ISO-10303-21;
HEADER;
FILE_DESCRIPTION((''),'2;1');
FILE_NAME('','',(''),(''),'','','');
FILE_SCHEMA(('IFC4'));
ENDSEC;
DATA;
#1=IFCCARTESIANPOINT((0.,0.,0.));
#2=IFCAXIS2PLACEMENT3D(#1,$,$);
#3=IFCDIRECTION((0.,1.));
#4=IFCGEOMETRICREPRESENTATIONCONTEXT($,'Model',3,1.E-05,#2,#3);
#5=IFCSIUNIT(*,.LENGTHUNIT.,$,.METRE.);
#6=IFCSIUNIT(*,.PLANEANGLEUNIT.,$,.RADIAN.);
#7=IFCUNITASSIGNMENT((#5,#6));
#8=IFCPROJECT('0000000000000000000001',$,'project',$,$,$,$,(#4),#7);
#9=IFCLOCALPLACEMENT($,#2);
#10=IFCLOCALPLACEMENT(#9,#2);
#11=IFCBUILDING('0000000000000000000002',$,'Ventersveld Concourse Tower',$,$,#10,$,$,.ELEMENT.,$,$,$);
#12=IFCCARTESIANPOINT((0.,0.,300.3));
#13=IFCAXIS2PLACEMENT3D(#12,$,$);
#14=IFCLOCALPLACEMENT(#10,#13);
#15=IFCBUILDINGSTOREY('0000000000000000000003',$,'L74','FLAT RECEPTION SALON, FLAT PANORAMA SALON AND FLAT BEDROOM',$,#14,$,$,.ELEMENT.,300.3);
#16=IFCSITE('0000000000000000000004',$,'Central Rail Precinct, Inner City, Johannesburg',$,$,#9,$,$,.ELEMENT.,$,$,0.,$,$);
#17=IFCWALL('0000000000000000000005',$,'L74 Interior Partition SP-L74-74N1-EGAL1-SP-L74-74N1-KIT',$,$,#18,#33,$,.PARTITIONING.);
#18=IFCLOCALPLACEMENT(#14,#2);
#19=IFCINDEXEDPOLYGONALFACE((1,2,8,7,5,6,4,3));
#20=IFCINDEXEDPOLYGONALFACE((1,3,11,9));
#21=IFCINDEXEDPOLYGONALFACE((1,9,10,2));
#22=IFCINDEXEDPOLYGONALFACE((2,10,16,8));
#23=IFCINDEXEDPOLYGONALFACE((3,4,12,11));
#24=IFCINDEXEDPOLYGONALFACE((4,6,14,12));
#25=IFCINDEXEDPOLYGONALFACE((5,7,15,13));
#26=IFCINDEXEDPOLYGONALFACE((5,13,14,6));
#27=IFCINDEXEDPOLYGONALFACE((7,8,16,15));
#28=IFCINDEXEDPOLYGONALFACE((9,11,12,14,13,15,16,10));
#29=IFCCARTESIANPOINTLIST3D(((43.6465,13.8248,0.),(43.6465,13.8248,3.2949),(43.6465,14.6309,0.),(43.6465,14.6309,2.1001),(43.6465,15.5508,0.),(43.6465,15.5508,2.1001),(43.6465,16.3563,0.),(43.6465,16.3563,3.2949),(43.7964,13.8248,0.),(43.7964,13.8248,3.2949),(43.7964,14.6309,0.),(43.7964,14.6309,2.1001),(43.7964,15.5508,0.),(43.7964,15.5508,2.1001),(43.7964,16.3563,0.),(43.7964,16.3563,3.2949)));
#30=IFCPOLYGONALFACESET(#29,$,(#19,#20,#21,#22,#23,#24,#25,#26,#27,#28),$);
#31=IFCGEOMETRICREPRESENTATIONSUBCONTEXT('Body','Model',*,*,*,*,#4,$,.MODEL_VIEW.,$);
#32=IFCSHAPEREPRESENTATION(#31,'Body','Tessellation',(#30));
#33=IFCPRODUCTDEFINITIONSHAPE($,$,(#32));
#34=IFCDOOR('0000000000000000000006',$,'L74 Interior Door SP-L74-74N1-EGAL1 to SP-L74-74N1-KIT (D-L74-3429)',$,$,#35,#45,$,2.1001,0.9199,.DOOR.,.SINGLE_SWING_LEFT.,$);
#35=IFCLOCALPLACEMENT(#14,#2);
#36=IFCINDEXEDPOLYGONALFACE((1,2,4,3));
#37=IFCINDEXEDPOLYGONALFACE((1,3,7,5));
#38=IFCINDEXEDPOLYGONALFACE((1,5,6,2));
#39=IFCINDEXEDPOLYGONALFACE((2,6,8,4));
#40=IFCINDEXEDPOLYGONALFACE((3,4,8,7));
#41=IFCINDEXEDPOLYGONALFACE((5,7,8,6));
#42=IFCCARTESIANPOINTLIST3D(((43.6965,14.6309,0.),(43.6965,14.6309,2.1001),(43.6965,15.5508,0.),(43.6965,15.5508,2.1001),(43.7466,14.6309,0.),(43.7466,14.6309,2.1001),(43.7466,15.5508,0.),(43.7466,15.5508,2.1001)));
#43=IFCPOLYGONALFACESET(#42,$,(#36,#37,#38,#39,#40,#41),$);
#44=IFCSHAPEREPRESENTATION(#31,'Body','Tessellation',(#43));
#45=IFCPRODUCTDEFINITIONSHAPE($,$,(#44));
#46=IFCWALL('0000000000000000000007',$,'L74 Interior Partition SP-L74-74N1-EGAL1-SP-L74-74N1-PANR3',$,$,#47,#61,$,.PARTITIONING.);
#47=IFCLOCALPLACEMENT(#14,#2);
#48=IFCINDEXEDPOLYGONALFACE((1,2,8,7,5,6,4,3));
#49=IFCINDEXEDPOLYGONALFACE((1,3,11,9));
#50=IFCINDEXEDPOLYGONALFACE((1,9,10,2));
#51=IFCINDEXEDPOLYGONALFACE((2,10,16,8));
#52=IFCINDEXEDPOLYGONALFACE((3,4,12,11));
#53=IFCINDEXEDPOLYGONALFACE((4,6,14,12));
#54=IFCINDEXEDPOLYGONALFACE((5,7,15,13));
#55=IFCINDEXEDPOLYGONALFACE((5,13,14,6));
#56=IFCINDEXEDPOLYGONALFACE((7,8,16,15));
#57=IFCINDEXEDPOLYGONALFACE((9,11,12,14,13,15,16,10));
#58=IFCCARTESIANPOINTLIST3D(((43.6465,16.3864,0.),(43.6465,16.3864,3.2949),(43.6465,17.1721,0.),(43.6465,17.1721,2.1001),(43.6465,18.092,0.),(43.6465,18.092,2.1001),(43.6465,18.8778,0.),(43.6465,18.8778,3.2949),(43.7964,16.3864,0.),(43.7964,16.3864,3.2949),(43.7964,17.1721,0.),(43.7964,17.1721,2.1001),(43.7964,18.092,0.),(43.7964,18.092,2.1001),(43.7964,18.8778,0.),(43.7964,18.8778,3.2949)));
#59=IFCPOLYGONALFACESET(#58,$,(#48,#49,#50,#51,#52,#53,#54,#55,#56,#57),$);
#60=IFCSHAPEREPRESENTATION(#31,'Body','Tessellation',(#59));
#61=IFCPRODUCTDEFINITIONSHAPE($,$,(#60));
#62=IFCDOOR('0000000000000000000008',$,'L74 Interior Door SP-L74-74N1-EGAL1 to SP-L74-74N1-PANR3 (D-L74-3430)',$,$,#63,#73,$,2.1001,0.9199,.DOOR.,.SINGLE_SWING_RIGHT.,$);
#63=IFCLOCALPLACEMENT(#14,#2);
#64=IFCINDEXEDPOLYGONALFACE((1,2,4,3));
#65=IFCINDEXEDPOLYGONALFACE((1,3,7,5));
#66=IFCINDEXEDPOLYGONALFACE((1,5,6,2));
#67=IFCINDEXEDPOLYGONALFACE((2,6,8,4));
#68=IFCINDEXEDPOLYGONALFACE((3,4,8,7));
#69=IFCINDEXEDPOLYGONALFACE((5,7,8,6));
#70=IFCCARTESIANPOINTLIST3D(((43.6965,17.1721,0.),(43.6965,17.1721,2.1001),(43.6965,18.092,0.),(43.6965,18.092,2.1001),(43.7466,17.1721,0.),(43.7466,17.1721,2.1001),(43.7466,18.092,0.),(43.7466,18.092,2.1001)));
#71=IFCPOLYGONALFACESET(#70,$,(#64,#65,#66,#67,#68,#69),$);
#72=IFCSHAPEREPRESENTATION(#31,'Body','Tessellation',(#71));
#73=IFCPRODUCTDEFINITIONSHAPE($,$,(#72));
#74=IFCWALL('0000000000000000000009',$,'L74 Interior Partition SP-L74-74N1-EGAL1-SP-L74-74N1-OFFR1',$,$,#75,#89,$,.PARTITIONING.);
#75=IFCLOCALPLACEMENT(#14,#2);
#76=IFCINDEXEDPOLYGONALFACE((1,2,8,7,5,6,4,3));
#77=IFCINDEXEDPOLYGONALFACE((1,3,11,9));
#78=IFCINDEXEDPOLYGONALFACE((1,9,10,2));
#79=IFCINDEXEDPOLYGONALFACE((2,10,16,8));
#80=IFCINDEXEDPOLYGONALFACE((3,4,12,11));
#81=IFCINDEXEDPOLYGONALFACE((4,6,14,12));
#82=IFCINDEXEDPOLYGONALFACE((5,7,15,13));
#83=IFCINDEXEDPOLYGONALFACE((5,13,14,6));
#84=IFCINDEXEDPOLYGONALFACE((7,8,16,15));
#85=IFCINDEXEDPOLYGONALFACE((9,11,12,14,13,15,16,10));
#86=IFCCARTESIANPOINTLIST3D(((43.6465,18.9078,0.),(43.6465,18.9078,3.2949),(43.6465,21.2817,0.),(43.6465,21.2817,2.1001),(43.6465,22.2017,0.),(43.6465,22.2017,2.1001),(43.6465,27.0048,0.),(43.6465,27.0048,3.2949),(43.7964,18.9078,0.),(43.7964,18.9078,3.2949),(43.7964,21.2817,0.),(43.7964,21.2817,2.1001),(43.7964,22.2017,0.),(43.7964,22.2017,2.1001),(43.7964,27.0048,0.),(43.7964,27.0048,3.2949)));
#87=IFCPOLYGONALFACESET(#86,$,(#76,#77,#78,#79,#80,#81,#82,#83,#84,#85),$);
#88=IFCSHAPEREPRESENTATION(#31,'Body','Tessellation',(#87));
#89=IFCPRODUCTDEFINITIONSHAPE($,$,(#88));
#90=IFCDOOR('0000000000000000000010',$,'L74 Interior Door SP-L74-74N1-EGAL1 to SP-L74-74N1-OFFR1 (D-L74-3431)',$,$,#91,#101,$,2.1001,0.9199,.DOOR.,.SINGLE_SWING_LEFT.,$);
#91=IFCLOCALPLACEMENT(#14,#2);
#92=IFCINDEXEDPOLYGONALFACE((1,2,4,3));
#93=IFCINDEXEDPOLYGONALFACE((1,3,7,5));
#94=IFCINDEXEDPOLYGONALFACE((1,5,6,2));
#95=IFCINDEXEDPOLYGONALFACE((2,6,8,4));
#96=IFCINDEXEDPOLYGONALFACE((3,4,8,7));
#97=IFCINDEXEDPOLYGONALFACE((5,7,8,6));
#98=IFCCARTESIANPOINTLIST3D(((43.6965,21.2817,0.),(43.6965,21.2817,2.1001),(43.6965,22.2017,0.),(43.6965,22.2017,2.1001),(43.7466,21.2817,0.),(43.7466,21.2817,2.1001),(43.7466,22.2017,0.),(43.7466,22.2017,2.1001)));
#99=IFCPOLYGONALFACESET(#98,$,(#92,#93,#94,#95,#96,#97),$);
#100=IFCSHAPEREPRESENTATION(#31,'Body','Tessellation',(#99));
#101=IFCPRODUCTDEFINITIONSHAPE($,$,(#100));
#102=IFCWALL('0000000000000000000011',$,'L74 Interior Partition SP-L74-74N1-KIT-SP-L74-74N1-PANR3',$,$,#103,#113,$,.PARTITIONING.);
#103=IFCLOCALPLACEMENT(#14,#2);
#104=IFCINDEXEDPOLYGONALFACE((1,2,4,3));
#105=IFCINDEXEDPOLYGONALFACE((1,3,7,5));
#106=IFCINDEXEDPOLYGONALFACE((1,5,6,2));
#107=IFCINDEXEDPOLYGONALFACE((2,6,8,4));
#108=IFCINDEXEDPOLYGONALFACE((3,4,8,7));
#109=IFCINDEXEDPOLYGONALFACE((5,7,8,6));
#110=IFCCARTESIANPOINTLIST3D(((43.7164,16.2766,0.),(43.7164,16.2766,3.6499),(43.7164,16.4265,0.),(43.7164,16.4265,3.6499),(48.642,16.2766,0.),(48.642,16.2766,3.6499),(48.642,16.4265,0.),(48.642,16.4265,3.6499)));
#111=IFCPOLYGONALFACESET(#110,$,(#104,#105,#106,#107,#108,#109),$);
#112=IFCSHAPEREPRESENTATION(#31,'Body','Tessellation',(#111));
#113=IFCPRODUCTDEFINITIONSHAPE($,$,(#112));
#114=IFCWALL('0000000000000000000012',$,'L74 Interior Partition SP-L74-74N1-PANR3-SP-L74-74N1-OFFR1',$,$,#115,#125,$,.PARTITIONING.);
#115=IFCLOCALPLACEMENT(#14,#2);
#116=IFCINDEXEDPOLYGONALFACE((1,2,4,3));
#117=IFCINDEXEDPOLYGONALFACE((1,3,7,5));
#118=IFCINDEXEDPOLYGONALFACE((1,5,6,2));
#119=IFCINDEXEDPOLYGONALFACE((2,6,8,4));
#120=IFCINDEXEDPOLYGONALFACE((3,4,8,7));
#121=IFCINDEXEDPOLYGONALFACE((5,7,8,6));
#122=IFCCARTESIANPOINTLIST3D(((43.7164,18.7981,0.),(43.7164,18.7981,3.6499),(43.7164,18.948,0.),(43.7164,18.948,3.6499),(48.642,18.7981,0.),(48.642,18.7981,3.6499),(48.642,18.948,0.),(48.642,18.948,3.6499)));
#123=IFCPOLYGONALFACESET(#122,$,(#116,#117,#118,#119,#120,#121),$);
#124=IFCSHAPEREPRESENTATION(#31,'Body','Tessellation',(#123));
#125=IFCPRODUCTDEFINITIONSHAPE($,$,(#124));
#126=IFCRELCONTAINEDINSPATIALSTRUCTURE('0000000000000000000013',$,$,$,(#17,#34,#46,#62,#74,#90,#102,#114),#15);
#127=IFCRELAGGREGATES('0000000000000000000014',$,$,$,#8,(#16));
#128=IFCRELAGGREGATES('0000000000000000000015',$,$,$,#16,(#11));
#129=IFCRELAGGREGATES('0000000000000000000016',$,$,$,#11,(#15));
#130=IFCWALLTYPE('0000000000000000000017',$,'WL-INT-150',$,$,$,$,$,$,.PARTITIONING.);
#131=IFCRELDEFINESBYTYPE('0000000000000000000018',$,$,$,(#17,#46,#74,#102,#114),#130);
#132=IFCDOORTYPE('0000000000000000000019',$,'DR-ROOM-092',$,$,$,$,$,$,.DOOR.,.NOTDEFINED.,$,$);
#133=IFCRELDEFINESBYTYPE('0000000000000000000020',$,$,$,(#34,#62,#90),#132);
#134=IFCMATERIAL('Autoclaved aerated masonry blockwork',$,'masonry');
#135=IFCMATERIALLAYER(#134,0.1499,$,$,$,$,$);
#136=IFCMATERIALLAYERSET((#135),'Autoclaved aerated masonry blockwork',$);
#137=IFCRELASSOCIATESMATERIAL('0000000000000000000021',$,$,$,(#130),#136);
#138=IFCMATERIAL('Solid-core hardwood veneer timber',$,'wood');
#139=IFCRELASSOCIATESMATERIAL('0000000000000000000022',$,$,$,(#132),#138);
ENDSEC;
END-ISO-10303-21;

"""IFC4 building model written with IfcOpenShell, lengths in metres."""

from ifc_helpers import new_model, si_unit, direction, frame, frame_2d, origin, place, context, subcontext, project, spatial, rectangle, extrude, material, layer, layer_set, type_object, element, fill, save


model = new_model("IFC4")

# Units and contexts
model_context = context("Model", 3, precision=1e-05, world=origin(), true_north=direction((0.0, 1.0)))
body_context = subcontext(model_context, "Body", "Model", "MODEL_VIEW")
ifc_project = project(units=[si_unit("LENGTHUNIT", "METRE"), si_unit("PLANEANGLEUNIT", "RADIAN")], contexts=[model_context])

# Site, building, storey
site_placement = place(None, origin())
site = spatial("IfcSite", under=ifc_project, at=site_placement, Name="Central Rail Precinct, Inner City, Johannesburg", CompositionType="ELEMENT", RefElevation=0.0)
building_placement = place(site_placement, origin())
building = spatial("IfcBuilding", under=site, at=building_placement, Name="Ventersveld Concourse Tower", CompositionType="ELEMENT")
storey_placement = place(building_placement, frame((0.0, 0.0, 300.3)))
storey = spatial("IfcBuildingStorey", under=building, at=storey_placement, Name="L74", Description="FLAT RECEPTION SALON, FLAT PANORAMA SALON AND FLAT BEDROOM", CompositionType="ELEMENT", Elevation=300.3)

# Shared definitions
ifc_material_1 = material(Name="Solid-core hardwood veneer timber", Category="wood")

# Walls, openings, doors
ifc_material_2 = material(Name="Autoclaved aerated masonry blockwork", Category="masonry")
ifc_layer_1 = layer(ifc_material_2, 0.1499)
ifc_layer_set_1 = layer_set([ifc_layer_1], Name="Autoclaved aerated masonry blockwork")
wall_type_1 = type_object("IfcWallType", Name="WL-INT-150", PredefinedType="PARTITIONING", material=ifc_layer_set_1)
wall_1_placement = place(storey_placement, frame((43.7214, 13.825, 0.0), z_axis=(0.0, 0.0, 1.0), x_axis=(0.0, 1.0, 0.0)))
wall_1 = element("IfcWall", 1, at=wall_1_placement, inside=storey, type_object=wall_type_1, Name="L74 Interior Partition SP-L74-74N1-EGAL1-SP-L74-74N1-KIT", PredefinedType="PARTITIONING", context=body_context, shape_type="SweptSolid", body=[
    extrude(rectangle(XDim=2.5315, YDim=0.1499, at=frame_2d((1.2656, 0.0))), origin(), (0.0, 0.0, 1.0), 3.2949),
])
opening_1_placement = place(wall_1_placement, frame((0.8059, 0.0, 0.0)))
opening_1 = element("IfcOpeningElement", 2, at=opening_1_placement, cuts=wall_1, PredefinedType="OPENING", context=body_context, shape_type="SweptSolid", body=[
    extrude(rectangle(XDim=0.9199, YDim=2.1001, at=frame_2d((0.46, 1.05))), frame((0.0, 0.085, 0.0), z_axis=(0.0, -1.0, 0.0), x_axis=(1.0, 0.0, 0.0)), (0.0, 0.0, 1.0), 0.1699),
])
door_type_1 = type_object("IfcDoorType", Name="DR-ROOM-092", OperationType="NOTDEFINED", PredefinedType="DOOR", material=ifc_material_1)
door_1_placement = place(opening_1_placement, origin())
door_1 = element("IfcDoor", 3, at=door_1_placement, inside=storey, type_object=door_type_1, Name="L74 Interior Door SP-L74-74N1-EGAL1 to SP-L74-74N1-KIT (D-L74-3429)", OperationType="SINGLE_SWING_LEFT", OverallHeight=2.1001, OverallWidth=0.9199, PredefinedType="DOOR", context=body_context, shape_type="SweptSolid", body=[
    extrude(rectangle(XDim=0.9199, YDim=2.1001, at=frame_2d((0.46, 1.05))), frame((0.0, 0.0249, 0.0), z_axis=(0.0, -1.0, 0.0), x_axis=(1.0, 0.0, 0.0)), (0.0, 0.0, 1.0), 0.05),
])
fill(opening_1, door_1)
wall_2_placement = place(storey_placement, frame((43.7214, 16.3865, 0.0), z_axis=(0.0, 0.0, 1.0), x_axis=(0.0, 1.0, 0.0)))
wall_2 = element("IfcWall", 4, at=wall_2_placement, inside=storey, type_object=wall_type_1, Name="L74 Interior Partition SP-L74-74N1-EGAL1-SP-L74-74N1-PANR3", PredefinedType="PARTITIONING", context=body_context, shape_type="SweptSolid", body=[
    extrude(rectangle(XDim=2.4915, YDim=0.1499, at=frame_2d((1.2456, 0.0))), origin(), (0.0, 0.0, 1.0), 3.2949),
])
opening_2_placement = place(wall_2_placement, frame((0.7856, 0.0, 0.0)))
opening_2 = element("IfcOpeningElement", 5, at=opening_2_placement, cuts=wall_2, PredefinedType="OPENING", context=body_context, shape_type="SweptSolid", body=[
    extrude(rectangle(XDim=0.9199, YDim=2.1001, at=frame_2d((0.46, 1.05))), frame((0.0, 0.085, 0.0), z_axis=(0.0, -1.0, 0.0), x_axis=(1.0, 0.0, 0.0)), (0.0, 0.0, 1.0), 0.1699),
])
door_2_placement = place(opening_2_placement, origin())
door_2 = element("IfcDoor", 6, at=door_2_placement, inside=storey, type_object=door_type_1, Name="L74 Interior Door SP-L74-74N1-EGAL1 to SP-L74-74N1-PANR3 (D-L74-3430)", OperationType="SINGLE_SWING_RIGHT", OverallHeight=2.1001, OverallWidth=0.9199, PredefinedType="DOOR", context=body_context, shape_type="SweptSolid", body=[
    extrude(rectangle(XDim=0.9199, YDim=2.1001, at=frame_2d((0.46, 1.05))), frame((0.0, 0.0249, 0.0), z_axis=(0.0, -1.0, 0.0), x_axis=(1.0, 0.0, 0.0)), (0.0, 0.0, 1.0), 0.05),
])
fill(opening_2, door_2)
wall_3_placement = place(storey_placement, frame((43.7214, 18.908, 0.0), z_axis=(0.0, 0.0, 1.0), x_axis=(0.0, 1.0, 0.0)))
wall_3 = element("IfcWall", 7, at=wall_3_placement, inside=storey, type_object=wall_type_1, Name="L74 Interior Partition SP-L74-74N1-EGAL1-SP-L74-74N1-OFFR1", PredefinedType="PARTITIONING", context=body_context, shape_type="SweptSolid", body=[
    extrude(rectangle(XDim=8.0969, YDim=0.1499, at=frame_2d((4.0483, 0.0))), origin(), (0.0, 0.0, 1.0), 3.2949),
])
opening_3_placement = place(wall_3_placement, frame((2.3738, 0.0, 0.0)))
opening_3 = element("IfcOpeningElement", 8, at=opening_3_placement, cuts=wall_3, PredefinedType="OPENING", context=body_context, shape_type="SweptSolid", body=[
    extrude(rectangle(XDim=0.9199, YDim=2.1001, at=frame_2d((0.46, 1.05))), frame((0.0, 0.085, 0.0), z_axis=(0.0, -1.0, 0.0), x_axis=(1.0, 0.0, 0.0)), (0.0, 0.0, 1.0), 0.1699),
])
door_3_placement = place(opening_3_placement, origin())
door_3 = element("IfcDoor", 9, at=door_3_placement, inside=storey, type_object=door_type_1, Name="L74 Interior Door SP-L74-74N1-EGAL1 to SP-L74-74N1-OFFR1 (D-L74-3431)", OperationType="SINGLE_SWING_LEFT", OverallHeight=2.1001, OverallWidth=0.9199, PredefinedType="DOOR", context=body_context, shape_type="SweptSolid", body=[
    extrude(rectangle(XDim=0.9199, YDim=2.1001, at=frame_2d((0.46, 1.05))), frame((0.0, 0.0249, 0.0), z_axis=(0.0, -1.0, 0.0), x_axis=(1.0, 0.0, 0.0)), (0.0, 0.0, 1.0), 0.05),
])
fill(opening_3, door_3)

# Walls
for number, where, z_axis, x_axis, name in (
    (10, (43.7163, 16.3516, 0.0), (0.0, 0.0, 1.0), (1.0, 0.0, 0.0), "L74 Interior Partition SP-L74-74N1-KIT-SP-L74-74N1-PANR3"),
    (11, (43.7163, 18.873, 0.0), (0.0, 0.0, 1.0), (1.0, 0.0, 0.0), "L74 Interior Partition SP-L74-74N1-PANR3-SP-L74-74N1-OFFR1"),
):
    element("IfcWall", number, at=place(storey_placement, frame(where, z_axis=z_axis, x_axis=x_axis)), inside=storey, type_object=wall_type_1, Name=name, PredefinedType="PARTITIONING", context=body_context, shape_type="SweptSolid", body=[
        extrude(rectangle(XDim=4.9255, YDim=0.1499, at=frame_2d((2.4629, 0.0))), origin(), (0.0, 0.0, 1.0), 3.6499),
    ])

save(model, "model.ifc")
